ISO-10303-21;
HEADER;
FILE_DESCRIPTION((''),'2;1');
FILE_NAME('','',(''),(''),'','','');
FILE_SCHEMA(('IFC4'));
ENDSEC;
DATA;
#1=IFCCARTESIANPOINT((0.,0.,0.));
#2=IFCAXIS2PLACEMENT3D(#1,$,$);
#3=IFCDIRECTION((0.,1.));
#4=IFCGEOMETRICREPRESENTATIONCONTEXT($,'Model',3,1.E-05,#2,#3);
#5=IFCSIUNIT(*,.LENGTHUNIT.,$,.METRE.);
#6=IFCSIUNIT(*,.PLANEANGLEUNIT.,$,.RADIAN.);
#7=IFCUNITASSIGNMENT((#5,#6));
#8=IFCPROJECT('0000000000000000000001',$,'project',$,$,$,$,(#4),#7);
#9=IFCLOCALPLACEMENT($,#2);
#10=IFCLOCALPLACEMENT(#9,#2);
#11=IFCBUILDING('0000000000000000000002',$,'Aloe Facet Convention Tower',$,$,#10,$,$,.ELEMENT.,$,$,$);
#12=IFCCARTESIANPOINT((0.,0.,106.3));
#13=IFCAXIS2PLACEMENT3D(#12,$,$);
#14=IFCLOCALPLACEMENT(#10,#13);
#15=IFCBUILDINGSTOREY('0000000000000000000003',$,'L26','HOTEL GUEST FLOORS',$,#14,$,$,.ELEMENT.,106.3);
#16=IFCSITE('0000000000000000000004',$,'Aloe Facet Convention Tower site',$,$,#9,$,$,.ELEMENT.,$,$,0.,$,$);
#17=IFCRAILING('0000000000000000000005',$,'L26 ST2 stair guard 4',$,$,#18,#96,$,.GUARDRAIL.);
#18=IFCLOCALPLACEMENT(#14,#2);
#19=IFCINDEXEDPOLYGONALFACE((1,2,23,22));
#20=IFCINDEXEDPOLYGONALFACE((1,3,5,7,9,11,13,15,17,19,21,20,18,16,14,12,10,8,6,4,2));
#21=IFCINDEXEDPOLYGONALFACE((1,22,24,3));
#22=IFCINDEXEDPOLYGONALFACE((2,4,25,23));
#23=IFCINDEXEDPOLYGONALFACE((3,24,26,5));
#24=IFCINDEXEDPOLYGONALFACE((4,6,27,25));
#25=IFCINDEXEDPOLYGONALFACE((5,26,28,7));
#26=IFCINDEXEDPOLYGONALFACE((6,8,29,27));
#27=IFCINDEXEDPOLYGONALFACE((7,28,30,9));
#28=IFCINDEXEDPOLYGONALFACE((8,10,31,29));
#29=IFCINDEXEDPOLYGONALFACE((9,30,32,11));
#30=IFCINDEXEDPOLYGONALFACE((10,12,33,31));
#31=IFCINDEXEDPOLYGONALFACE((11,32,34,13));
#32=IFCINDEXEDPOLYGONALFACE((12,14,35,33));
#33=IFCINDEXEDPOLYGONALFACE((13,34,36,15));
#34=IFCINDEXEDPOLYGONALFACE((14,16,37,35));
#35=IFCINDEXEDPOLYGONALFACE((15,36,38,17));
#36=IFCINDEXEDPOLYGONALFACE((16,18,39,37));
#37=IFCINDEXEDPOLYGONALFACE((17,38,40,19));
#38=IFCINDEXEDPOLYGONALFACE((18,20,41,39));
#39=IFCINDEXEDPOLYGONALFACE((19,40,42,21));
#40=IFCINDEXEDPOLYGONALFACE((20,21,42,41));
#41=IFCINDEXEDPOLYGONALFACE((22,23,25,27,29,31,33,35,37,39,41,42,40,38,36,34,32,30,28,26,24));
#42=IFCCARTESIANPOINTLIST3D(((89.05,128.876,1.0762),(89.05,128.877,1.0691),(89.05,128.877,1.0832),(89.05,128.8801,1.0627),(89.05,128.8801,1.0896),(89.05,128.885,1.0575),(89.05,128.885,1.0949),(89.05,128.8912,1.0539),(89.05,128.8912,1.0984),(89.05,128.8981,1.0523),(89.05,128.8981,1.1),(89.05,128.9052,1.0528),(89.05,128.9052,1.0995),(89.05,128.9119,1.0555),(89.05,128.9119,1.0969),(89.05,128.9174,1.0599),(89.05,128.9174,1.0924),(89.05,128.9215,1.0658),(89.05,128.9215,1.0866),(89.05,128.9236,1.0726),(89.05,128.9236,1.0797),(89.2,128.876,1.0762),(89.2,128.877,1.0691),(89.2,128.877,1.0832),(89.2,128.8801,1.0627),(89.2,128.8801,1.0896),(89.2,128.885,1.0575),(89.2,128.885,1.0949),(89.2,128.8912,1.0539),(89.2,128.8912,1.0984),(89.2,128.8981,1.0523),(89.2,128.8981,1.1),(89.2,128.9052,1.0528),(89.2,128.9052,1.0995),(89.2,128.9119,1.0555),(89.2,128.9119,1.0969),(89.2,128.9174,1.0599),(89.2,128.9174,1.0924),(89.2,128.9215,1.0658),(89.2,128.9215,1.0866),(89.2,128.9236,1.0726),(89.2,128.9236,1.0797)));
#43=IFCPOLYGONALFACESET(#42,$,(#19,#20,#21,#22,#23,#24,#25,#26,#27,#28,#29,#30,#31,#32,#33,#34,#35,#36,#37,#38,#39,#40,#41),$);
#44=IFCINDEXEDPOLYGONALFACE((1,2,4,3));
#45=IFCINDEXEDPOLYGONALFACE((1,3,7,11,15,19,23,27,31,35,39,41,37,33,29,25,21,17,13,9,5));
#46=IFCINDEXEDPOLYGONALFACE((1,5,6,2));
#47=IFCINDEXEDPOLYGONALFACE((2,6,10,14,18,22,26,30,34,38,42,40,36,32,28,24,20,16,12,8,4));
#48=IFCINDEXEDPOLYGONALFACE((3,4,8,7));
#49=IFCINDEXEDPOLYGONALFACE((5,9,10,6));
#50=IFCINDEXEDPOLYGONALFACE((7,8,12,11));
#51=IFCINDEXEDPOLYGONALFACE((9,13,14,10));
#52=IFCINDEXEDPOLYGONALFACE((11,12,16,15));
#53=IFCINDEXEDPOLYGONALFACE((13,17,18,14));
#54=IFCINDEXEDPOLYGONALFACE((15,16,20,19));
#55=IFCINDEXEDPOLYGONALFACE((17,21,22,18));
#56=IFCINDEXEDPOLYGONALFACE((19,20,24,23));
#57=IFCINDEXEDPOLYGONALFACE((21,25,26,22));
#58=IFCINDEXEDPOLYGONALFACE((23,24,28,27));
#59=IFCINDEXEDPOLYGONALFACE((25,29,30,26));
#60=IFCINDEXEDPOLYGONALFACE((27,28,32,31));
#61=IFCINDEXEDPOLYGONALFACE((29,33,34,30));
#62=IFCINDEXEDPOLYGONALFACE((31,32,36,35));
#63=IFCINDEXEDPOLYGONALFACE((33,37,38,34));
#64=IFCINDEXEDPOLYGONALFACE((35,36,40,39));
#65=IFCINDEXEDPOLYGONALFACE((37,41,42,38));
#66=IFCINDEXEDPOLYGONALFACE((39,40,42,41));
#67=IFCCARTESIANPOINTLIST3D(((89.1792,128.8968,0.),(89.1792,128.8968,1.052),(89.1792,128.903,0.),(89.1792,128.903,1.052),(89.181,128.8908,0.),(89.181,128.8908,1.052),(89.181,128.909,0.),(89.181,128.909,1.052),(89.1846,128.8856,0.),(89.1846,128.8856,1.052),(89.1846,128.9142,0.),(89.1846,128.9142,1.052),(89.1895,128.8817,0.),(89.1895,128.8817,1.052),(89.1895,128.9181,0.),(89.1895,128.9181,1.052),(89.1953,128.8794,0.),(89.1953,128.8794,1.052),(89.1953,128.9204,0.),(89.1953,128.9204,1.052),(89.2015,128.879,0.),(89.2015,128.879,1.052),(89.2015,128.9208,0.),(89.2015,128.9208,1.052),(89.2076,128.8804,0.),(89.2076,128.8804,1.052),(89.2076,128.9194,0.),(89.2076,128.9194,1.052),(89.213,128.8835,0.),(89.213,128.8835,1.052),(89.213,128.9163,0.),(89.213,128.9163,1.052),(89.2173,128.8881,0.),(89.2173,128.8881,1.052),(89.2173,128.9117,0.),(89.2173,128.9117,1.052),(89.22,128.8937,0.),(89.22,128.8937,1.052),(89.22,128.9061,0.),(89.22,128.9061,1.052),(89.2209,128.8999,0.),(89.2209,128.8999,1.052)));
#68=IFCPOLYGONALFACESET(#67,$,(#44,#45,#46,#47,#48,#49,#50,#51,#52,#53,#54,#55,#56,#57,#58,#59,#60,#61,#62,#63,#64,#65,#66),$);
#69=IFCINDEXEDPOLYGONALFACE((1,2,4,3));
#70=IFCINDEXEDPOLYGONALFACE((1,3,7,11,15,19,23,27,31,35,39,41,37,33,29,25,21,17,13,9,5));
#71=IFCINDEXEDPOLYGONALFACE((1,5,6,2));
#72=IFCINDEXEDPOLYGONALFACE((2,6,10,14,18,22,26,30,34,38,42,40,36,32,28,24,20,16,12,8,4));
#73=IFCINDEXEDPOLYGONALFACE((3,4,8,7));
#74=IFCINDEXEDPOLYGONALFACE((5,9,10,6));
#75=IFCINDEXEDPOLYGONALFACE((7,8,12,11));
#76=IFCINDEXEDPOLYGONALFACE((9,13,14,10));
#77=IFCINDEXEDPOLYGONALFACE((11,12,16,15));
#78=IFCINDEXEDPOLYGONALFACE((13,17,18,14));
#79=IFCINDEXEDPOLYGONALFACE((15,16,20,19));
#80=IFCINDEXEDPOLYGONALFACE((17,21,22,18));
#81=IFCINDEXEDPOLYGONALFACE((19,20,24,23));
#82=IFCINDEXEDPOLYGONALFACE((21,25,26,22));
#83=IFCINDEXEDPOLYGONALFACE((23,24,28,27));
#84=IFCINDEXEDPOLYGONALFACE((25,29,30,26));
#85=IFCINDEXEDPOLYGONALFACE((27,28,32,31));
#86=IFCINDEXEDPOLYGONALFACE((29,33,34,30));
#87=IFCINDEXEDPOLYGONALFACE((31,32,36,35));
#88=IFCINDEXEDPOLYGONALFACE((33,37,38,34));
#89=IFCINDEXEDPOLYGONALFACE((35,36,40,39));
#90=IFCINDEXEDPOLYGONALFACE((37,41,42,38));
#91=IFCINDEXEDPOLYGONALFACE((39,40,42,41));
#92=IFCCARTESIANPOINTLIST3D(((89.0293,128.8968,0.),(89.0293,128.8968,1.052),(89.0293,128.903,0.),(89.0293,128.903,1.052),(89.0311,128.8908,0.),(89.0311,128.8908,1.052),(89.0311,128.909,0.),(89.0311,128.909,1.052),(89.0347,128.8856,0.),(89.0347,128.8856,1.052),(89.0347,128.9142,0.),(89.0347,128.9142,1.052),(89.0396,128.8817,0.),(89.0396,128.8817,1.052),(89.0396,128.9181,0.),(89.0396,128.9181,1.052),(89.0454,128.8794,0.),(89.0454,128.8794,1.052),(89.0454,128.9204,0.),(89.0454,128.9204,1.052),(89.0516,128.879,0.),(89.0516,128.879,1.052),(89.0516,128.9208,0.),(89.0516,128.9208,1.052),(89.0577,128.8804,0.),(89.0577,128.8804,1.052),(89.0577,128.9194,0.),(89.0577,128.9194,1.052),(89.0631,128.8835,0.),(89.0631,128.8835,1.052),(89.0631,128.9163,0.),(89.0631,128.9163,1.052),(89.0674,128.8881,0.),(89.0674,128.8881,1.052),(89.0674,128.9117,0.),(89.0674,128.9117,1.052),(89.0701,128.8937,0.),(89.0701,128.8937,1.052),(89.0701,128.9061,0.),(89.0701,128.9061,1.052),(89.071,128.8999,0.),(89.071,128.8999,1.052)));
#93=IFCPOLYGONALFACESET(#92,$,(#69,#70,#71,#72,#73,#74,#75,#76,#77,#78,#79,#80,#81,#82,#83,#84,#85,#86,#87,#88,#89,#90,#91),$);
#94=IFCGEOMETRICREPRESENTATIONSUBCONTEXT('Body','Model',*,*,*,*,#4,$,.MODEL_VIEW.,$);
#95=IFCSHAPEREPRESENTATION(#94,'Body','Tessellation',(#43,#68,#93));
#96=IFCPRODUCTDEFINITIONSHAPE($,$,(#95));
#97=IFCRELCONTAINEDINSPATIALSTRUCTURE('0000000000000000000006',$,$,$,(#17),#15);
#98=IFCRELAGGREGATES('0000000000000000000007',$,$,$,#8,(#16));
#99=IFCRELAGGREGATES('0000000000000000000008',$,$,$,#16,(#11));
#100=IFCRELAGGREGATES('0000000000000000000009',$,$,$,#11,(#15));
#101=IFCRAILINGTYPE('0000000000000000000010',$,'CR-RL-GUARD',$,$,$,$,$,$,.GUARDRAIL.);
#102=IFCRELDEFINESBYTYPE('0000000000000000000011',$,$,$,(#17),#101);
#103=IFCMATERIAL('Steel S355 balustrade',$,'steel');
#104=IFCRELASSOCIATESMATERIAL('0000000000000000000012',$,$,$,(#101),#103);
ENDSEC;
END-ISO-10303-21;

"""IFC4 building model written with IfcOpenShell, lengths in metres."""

from ifc_helpers import new_model, si_unit, direction, frame, origin, origin_2d, place, context, subcontext, project, spatial, circle, extrude, material, type_object, element, save


model = new_model("IFC4")

# Units and contexts
model_context = context("Model", 3, precision=1e-05, world=origin(), true_north=direction((0.0, 1.0)))
body_context = subcontext(model_context, "Body", "Model", "MODEL_VIEW")
ifc_project = project(units=[si_unit("LENGTHUNIT", "METRE"), si_unit("PLANEANGLEUNIT", "RADIAN")], contexts=[model_context])

# Site, building, storey
site_placement = place(None, origin())
site = spatial("IfcSite", under=ifc_project, at=site_placement, Name="Aloe Facet Convention Tower site", CompositionType="ELEMENT", RefElevation=0.0)
building_placement = place(site_placement, origin())
building = spatial("IfcBuilding", under=site, at=building_placement, Name="Aloe Facet Convention Tower", CompositionType="ELEMENT")
storey_placement = place(building_placement, frame((0.0, 0.0, 106.3)))
storey = spatial("IfcBuildingStorey", under=building, at=storey_placement, Name="L26", Description="HOTEL GUEST FLOORS", CompositionType="ELEMENT", Elevation=106.3)

# Railing
ifc_material_1 = material(Name="Steel S355 balustrade", Category="steel")
railing_type_1 = type_object("IfcRailingType", Name="CR-RL-GUARD", PredefinedType="GUARDRAIL", material=ifc_material_1)
railing_1_placement = place(storey_placement, frame((89.2, 128.8999, 0.0)))
element("IfcRailing", 1, at=railing_1_placement, inside=storey, type_object=railing_type_1, Name="L26 ST2 stair guard 4", PredefinedType="GUARDRAIL", context=body_context, shape_type="SweptSolid", body=[
    extrude(circle(Radius=0.0239, at=origin_2d()), frame((0.0, 0.0, 1.0762), z_axis=(-1.0, 0.0, 0.0), x_axis=(0.0, -1.0, 0.0)), (0.0, 0.0, 1.0), 0.1499),
    extrude(circle(Radius=0.021, at=origin_2d()), origin(), (0.0, 0.0, 1.0), 1.052),
    extrude(circle(Radius=0.021, at=origin_2d()), frame((-0.1499, 0.0, 0.0)), (0.0, 0.0, 1.0), 1.052),
])

save(model, "model.ifc")
